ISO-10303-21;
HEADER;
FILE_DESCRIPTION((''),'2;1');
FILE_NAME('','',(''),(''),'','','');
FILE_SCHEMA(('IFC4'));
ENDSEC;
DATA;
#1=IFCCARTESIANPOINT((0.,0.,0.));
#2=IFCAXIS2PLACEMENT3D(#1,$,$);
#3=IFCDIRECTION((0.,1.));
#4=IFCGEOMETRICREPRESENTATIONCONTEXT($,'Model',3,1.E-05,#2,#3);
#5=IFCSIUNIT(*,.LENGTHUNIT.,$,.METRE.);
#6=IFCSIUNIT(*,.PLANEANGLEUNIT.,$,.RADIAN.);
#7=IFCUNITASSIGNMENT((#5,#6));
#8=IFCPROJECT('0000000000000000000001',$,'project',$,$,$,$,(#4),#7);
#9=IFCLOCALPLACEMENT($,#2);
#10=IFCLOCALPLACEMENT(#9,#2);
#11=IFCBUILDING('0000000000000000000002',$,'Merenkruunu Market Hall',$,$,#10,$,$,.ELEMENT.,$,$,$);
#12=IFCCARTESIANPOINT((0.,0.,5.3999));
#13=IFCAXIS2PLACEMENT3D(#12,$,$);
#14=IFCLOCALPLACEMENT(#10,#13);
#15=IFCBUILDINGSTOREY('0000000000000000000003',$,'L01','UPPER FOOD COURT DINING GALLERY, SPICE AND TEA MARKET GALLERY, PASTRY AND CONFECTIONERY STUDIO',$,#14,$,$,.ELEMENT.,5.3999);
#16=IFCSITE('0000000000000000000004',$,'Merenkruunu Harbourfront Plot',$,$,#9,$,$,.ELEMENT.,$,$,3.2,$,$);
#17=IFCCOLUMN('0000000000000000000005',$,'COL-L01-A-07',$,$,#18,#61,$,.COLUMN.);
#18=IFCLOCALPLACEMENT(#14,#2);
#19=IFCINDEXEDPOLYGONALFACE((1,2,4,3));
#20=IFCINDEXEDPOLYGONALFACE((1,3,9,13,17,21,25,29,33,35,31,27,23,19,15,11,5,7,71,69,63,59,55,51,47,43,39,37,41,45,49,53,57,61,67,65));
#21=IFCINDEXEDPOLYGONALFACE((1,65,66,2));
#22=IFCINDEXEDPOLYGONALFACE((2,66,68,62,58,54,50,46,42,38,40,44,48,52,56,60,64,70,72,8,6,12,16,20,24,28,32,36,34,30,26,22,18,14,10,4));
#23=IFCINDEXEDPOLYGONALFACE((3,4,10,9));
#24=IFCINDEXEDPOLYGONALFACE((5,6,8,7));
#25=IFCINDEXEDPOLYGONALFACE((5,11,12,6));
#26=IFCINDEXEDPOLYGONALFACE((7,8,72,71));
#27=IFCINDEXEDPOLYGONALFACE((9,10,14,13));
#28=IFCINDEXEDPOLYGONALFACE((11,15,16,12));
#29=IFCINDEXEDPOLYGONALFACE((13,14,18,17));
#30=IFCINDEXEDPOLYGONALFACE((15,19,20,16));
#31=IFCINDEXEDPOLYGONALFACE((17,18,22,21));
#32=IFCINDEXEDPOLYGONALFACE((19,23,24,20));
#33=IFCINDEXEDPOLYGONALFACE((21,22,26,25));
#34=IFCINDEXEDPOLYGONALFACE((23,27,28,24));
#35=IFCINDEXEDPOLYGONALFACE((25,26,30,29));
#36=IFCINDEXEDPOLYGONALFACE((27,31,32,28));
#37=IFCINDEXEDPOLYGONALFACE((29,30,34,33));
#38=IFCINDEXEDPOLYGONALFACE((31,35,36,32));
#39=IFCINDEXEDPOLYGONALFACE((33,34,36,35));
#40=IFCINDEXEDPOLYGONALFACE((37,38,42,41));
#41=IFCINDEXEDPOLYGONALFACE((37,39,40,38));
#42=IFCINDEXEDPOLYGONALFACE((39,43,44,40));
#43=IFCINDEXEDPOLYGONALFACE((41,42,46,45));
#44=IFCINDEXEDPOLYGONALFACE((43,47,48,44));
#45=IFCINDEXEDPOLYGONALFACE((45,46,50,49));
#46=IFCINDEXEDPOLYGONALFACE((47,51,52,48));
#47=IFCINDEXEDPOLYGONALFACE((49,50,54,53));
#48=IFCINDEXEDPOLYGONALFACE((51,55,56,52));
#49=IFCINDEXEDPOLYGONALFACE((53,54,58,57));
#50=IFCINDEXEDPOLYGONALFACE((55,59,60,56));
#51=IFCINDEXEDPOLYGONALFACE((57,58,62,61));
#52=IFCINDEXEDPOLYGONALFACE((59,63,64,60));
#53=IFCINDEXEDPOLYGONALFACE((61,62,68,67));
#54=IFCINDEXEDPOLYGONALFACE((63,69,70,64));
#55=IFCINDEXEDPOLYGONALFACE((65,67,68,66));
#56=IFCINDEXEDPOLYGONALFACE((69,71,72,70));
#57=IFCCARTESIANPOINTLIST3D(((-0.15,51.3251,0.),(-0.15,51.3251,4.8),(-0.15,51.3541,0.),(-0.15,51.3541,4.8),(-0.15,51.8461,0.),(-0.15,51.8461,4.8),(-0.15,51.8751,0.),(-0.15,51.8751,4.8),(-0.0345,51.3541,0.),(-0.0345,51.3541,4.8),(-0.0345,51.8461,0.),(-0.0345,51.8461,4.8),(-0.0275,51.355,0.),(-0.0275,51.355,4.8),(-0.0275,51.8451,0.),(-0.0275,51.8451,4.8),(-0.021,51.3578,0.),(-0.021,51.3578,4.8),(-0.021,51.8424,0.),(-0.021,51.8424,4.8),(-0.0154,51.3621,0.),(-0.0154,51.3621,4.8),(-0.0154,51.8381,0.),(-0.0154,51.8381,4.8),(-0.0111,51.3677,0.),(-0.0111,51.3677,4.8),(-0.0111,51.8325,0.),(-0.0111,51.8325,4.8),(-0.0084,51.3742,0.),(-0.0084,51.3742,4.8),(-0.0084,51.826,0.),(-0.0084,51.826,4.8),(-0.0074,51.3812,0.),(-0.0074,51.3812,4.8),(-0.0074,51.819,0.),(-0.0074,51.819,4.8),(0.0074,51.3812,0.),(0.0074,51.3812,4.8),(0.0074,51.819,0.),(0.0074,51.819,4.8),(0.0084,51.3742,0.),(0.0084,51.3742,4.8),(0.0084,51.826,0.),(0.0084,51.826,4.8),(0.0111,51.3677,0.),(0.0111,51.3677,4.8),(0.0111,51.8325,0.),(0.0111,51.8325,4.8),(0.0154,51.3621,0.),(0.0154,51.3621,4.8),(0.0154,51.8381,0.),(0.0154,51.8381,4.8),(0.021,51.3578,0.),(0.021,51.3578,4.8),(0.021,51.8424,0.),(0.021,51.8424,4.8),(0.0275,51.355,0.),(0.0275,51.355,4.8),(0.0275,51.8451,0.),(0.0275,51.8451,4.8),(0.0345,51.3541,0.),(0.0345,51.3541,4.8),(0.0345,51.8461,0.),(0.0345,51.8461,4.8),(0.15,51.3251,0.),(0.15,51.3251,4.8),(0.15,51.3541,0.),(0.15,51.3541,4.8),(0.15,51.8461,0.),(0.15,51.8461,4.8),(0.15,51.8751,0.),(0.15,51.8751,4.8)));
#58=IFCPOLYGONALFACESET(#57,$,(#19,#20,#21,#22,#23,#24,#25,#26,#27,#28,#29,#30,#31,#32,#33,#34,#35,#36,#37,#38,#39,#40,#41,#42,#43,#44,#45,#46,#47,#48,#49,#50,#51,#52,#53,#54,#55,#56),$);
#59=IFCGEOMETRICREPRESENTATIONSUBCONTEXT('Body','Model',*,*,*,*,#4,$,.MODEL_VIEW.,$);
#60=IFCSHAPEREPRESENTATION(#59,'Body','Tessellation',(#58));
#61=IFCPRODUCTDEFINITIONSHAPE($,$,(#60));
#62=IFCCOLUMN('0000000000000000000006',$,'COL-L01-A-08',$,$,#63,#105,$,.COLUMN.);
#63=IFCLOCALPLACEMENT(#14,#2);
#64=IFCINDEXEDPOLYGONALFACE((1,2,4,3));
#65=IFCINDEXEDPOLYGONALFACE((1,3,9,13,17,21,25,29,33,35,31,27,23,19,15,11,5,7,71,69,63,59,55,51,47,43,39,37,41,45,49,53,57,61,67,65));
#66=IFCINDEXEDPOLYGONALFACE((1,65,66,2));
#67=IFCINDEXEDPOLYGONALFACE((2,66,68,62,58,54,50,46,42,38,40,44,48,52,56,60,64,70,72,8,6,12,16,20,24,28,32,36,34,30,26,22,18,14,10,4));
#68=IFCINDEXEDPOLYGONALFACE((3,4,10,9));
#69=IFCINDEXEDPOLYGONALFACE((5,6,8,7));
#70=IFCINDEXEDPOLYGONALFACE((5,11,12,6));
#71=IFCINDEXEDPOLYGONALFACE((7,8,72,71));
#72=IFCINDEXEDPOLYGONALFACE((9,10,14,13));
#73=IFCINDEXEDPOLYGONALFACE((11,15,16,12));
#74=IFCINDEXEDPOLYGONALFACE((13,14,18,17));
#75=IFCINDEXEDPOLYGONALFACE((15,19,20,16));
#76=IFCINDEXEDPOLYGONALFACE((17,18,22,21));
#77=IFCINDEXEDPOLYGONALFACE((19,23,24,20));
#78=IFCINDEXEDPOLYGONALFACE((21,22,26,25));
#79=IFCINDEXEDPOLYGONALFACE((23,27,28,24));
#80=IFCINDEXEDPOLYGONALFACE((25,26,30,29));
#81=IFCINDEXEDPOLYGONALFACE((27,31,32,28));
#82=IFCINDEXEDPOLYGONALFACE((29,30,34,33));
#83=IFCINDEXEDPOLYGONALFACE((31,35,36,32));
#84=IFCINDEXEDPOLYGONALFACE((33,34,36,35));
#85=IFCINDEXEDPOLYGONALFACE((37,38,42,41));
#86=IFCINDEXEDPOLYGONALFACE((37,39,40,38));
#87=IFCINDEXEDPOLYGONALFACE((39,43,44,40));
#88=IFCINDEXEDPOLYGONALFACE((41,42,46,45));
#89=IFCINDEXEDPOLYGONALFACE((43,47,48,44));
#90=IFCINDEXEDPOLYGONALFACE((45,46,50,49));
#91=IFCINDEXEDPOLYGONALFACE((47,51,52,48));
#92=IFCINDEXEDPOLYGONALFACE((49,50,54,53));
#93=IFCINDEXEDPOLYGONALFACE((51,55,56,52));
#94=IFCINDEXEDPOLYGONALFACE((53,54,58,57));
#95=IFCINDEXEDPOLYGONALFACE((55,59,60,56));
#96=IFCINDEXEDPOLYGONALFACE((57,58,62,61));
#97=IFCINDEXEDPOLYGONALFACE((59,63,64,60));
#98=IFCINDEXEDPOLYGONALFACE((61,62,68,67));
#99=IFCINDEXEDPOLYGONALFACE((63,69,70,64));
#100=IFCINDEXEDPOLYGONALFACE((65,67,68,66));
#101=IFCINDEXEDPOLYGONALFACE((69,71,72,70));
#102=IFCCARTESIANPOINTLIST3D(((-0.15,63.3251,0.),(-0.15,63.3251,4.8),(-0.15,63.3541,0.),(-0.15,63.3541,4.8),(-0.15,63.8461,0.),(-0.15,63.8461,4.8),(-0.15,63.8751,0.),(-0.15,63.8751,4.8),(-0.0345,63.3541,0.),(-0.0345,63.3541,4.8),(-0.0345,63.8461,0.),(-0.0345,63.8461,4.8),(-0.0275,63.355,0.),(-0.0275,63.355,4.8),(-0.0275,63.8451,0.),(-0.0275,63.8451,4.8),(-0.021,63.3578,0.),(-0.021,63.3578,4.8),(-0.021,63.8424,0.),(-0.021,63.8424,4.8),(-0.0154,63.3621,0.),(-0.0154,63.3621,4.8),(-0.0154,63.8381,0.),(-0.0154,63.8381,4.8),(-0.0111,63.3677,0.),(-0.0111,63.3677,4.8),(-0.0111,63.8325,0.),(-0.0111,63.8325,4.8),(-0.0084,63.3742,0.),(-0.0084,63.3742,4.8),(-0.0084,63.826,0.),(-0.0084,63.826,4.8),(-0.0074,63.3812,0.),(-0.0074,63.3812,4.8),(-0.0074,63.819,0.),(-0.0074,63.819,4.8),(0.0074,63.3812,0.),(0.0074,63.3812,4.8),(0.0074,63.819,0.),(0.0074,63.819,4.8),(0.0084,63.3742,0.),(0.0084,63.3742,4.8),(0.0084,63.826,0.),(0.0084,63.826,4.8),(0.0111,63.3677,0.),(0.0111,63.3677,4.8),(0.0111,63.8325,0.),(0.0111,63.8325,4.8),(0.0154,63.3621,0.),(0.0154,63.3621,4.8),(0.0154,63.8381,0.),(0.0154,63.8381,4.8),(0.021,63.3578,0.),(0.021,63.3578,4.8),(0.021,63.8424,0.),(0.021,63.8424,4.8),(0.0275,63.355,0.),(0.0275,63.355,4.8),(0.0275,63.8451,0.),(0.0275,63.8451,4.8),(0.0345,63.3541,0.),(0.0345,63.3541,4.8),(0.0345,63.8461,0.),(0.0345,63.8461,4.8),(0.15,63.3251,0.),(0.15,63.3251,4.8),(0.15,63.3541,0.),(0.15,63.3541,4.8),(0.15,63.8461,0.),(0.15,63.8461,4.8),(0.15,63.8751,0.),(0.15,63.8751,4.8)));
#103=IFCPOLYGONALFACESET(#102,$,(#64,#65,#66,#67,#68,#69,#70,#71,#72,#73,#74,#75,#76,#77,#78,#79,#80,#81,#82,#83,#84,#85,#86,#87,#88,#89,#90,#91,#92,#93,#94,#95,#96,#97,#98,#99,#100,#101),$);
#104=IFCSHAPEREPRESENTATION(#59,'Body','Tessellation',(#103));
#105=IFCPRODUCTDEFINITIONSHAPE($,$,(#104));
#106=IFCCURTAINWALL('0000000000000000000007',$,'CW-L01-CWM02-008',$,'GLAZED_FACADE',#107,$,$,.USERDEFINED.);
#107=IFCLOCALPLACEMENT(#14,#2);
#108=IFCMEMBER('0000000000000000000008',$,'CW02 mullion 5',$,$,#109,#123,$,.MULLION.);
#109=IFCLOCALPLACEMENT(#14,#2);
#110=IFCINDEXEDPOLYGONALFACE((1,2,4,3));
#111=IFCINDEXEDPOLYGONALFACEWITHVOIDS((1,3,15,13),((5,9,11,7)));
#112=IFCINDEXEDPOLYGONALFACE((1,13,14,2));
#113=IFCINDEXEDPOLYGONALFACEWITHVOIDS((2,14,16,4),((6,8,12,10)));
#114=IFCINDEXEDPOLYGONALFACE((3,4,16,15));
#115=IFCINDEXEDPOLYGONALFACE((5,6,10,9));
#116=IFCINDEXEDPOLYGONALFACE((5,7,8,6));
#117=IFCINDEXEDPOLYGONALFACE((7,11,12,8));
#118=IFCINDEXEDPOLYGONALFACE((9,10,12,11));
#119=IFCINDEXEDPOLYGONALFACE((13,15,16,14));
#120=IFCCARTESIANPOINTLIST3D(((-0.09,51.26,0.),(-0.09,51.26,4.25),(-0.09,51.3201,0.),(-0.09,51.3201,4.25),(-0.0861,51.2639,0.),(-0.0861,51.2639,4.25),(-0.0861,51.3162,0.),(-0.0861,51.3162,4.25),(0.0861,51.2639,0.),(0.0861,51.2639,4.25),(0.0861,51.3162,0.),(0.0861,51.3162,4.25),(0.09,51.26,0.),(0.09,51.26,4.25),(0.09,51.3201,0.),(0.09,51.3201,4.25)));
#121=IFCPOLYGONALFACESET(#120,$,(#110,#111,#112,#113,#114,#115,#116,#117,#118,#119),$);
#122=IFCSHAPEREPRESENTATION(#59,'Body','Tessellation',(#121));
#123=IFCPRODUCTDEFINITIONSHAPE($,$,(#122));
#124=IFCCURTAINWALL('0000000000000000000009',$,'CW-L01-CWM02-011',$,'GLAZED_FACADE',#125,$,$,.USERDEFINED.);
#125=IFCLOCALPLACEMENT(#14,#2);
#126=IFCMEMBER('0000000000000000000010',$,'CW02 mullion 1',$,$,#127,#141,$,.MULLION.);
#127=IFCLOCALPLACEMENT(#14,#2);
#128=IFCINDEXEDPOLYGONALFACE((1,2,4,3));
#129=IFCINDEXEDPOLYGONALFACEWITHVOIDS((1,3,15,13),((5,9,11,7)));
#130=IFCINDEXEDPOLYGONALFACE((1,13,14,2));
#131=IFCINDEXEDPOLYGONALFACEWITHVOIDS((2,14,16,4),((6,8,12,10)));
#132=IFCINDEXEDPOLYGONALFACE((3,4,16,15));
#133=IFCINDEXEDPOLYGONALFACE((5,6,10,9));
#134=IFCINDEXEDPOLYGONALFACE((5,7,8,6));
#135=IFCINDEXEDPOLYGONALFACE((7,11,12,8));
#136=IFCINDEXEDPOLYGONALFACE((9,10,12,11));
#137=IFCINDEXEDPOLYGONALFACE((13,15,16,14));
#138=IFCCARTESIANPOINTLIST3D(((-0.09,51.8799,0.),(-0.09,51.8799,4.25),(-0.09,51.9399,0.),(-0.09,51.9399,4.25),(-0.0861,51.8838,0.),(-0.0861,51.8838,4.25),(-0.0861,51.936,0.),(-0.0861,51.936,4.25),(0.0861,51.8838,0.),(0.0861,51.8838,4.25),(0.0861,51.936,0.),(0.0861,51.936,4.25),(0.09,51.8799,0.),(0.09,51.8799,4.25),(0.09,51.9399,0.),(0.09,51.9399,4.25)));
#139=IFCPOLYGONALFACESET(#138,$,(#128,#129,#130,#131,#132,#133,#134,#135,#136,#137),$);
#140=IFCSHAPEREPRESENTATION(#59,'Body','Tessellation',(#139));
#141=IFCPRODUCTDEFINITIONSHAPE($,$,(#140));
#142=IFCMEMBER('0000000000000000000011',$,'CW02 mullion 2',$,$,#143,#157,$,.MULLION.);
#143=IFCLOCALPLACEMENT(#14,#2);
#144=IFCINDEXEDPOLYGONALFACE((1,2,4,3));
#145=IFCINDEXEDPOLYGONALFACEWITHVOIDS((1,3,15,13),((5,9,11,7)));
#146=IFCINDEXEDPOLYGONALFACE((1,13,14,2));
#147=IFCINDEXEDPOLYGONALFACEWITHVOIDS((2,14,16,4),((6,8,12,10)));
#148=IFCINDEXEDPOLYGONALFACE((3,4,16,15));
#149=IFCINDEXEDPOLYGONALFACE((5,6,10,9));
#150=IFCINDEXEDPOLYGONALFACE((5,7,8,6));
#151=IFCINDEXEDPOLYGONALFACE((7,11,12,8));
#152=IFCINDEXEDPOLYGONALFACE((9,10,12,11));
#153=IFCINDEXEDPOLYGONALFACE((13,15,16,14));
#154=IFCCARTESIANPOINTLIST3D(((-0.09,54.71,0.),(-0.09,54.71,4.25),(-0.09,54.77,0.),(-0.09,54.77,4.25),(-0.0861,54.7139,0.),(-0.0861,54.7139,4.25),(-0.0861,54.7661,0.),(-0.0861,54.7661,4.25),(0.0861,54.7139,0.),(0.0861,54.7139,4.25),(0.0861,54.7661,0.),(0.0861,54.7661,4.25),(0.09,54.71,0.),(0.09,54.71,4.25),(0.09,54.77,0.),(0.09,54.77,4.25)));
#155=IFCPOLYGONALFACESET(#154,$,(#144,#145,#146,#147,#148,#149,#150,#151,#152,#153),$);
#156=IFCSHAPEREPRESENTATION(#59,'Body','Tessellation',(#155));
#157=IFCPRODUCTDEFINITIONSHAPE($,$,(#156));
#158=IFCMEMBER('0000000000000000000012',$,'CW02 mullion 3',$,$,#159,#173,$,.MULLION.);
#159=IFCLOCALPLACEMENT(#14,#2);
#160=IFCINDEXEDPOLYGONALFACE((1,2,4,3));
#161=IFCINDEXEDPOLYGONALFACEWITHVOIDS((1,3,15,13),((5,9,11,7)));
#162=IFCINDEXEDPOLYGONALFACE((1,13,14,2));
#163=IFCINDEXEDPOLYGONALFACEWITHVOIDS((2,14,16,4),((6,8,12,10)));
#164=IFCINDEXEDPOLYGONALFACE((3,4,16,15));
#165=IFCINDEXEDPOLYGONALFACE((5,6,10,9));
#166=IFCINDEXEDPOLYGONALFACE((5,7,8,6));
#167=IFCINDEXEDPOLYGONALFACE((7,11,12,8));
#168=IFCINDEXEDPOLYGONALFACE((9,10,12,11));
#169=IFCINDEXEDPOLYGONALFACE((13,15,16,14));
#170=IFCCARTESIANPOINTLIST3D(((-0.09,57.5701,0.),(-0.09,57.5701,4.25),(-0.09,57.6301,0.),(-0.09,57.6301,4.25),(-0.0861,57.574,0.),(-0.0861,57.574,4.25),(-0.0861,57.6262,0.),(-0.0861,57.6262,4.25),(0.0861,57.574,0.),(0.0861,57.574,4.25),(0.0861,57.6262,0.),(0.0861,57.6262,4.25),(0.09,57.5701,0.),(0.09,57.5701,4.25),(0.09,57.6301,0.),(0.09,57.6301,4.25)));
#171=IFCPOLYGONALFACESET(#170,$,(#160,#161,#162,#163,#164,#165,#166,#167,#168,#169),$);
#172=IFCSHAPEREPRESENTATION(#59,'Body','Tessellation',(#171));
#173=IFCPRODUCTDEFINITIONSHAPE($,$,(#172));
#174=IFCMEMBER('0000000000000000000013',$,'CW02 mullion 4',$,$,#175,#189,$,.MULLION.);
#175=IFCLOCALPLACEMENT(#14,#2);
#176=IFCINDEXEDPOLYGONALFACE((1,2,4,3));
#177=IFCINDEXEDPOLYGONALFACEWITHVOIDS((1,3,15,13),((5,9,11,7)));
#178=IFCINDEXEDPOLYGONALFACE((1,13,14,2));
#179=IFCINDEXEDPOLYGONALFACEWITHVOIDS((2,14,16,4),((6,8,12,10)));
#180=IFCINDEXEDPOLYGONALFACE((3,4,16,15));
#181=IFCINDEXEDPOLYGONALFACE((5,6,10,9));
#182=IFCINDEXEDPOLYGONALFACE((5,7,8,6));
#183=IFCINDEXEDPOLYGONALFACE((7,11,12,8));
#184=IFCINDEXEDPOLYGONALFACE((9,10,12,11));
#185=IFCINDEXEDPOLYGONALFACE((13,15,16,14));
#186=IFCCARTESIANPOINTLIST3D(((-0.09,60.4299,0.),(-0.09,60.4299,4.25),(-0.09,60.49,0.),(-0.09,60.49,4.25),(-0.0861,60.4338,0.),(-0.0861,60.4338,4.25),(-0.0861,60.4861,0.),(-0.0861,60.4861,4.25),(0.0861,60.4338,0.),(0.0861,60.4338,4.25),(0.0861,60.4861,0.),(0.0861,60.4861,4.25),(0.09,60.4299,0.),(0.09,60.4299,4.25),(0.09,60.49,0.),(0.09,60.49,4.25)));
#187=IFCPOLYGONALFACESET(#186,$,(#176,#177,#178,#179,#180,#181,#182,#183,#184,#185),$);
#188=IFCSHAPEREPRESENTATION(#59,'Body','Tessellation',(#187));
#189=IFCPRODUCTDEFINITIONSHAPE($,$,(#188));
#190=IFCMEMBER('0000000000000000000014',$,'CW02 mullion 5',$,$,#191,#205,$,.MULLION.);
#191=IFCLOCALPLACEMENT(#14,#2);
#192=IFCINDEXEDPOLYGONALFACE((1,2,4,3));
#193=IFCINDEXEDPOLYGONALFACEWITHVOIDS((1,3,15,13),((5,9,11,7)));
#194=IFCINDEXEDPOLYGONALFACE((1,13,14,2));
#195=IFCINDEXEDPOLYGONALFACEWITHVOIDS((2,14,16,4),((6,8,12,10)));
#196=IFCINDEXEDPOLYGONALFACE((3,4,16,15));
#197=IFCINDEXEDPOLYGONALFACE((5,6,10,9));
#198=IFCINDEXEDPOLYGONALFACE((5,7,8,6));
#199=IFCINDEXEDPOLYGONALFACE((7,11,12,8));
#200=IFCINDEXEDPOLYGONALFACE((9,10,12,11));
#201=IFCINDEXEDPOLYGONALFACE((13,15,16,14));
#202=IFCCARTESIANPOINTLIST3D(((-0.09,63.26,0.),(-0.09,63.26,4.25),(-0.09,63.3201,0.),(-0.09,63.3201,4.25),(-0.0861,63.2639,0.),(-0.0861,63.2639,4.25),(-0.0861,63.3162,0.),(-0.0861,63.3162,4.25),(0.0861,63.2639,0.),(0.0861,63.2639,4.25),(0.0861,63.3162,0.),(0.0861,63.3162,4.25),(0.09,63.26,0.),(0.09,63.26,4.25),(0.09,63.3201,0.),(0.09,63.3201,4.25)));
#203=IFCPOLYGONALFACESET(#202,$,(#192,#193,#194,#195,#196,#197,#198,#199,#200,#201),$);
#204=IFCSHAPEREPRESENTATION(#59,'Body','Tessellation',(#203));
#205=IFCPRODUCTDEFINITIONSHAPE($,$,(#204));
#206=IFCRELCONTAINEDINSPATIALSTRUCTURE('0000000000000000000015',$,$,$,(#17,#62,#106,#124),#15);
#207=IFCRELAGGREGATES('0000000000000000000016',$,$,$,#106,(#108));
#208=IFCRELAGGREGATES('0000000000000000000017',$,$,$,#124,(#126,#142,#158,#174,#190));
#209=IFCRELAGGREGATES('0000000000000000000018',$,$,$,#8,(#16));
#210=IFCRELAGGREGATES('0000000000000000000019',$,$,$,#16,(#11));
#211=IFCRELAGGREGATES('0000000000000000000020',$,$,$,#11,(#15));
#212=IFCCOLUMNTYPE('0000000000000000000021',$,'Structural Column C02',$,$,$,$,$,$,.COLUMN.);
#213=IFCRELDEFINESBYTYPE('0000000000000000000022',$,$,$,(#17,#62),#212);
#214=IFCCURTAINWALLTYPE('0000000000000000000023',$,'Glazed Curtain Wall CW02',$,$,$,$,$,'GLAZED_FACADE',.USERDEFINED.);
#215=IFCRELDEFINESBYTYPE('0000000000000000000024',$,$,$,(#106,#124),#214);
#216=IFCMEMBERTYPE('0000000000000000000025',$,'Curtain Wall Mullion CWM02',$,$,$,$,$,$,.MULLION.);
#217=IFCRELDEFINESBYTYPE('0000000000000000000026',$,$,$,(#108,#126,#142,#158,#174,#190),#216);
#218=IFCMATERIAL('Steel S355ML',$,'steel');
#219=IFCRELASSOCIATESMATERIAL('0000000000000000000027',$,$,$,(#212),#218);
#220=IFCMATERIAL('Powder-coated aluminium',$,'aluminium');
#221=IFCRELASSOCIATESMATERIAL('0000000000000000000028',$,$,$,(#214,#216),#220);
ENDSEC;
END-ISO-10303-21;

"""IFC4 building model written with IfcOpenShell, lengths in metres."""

from ifc_helpers import new_model, si_unit, direction, frame, origin, origin_2d, place, context, subcontext, project, spatial, hollow_rectangle, i_section, extrude, material, material_profile, profile_set, type_object, element, aggregate, save


model = new_model("IFC4")

# Units and contexts
model_context = context("Model", 3, precision=1e-05, world=origin(), true_north=direction((0.0, 1.0)))
body_context = subcontext(model_context, "Body", "Model", "MODEL_VIEW")
ifc_project = project(units=[si_unit("LENGTHUNIT", "METRE"), si_unit("PLANEANGLEUNIT", "RADIAN")], contexts=[model_context])

# Site, building, storey
site_placement = place(None, origin())
site = spatial("IfcSite", under=ifc_project, at=site_placement, Name="Merenkruunu Harbourfront Plot", CompositionType="ELEMENT", RefElevation=3.2)
building_placement = place(site_placement, origin())
building = spatial("IfcBuilding", under=site, at=building_placement, Name="Merenkruunu Market Hall", CompositionType="ELEMENT")
storey_placement = place(building_placement, frame((0.0, 0.0, 5.3999)))
storey = spatial("IfcBuildingStorey", under=building, at=storey_placement, Name="L01", Description="UPPER FOOD COURT DINING GALLERY, SPICE AND TEA MARKET GALLERY, PASTRY AND CONFECTIONERY STUDIO", CompositionType="ELEMENT", Elevation=5.3999)

# Columns
ifc_material_1 = material(Name="Steel S355ML", Category="steel")
ifc_material_profile_1 = material_profile(ifc_material_1, i_section(OverallWidth=0.3, OverallDepth=0.55, WebThickness=0.0149, FlangeThickness=0.0291, FilletRadius=0.0271, at=origin_2d()), Name="HEB 550")
ifc_profile_set_1 = profile_set([ifc_material_profile_1], Name="Steel S355ML")
column_type = type_object("IfcColumnType", Name="Structural Column C02", PredefinedType="COLUMN", material=ifc_profile_set_1)
for number, where, z_axis, x_axis, name in (
    (1, (0.0, 51.6001, 0.0), (0.0, 0.0, 1.0), (1.0, 0.0, 0.0), "COL-L01-A-07"),
    (2, (0.0, 63.6001, 0.0), (0.0, 0.0, 1.0), (1.0, 0.0, 0.0), "COL-L01-A-08"),
):
    element("IfcColumn", number, at=place(storey_placement, frame(where, z_axis=z_axis, x_axis=x_axis)), inside=storey, type_object=column_type, Name=name, PredefinedType="COLUMN", context=body_context, shape_type="SweptSolid", body=[
        extrude(i_section(OverallWidth=0.3, OverallDepth=0.55, WebThickness=0.0149, FlangeThickness=0.0291, FilletRadius=0.0271, at=origin_2d()), origin(), (0.0, 0.0, 1.0), 4.8),
    ])

# Curtain wall, member
ifc_material_2 = material(Name="Powder-coated aluminium", Category="aluminium")
curtain_wall_type = type_object("IfcCurtainWallType", Name="Glazed Curtain Wall CW02", ElementType="GLAZED_FACADE", PredefinedType="USERDEFINED", material=ifc_material_2)
curtain_wall_1_placement = place(storey_placement, origin())
curtain_wall_1 = element("IfcCurtainWall", 3, at=curtain_wall_1_placement, inside=storey, type_object=curtain_wall_type, Name="CW-L01-CWM02-008", ObjectType="GLAZED_FACADE", PredefinedType="USERDEFINED")
ifc_material_profile_2 = material_profile(ifc_material_2, hollow_rectangle(XDim=0.0601, YDim=0.1799, WallThickness=0.0039, at=origin_2d()), Name="ALU 60x180x4")
ifc_profile_set_2 = profile_set([ifc_material_profile_2], Name="Powder-coated aluminium")
member_type_1 = type_object("IfcMemberType", Name="Curtain Wall Mullion CWM02", PredefinedType="MULLION", material=ifc_profile_set_2)
member_1_placement = place(storey_placement, frame((0.0, 51.29, 0.0), z_axis=(0.0, 0.0, 1.0), x_axis=(0.0, 1.0, 0.0)))
member_1 = element("IfcMember", 4, at=member_1_placement, type_object=member_type_1, Name="CW02 mullion 5", PredefinedType="MULLION", context=body_context, shape_type="SweptSolid", body=[
    extrude(hollow_rectangle(XDim=0.0601, YDim=0.1799, WallThickness=0.0039, at=origin_2d()), origin(), (0.0, 0.0, 1.0), 4.25),
])

# Curtain wall, members
curtain_wall_2_placement = place(storey_placement, origin())
curtain_wall_2 = element("IfcCurtainWall", 5, at=curtain_wall_2_placement, inside=storey, type_object=curtain_wall_type, Name="CW-L01-CWM02-011", ObjectType="GLAZED_FACADE", PredefinedType="USERDEFINED")
member_2_placement = place(storey_placement, frame((0.0, 51.9099, 0.0), z_axis=(0.0, 0.0, 1.0), x_axis=(0.0, 1.0, 0.0)))
member_2 = element("IfcMember", 6, at=member_2_placement, type_object=member_type_1, Name="CW02 mullion 1", PredefinedType="MULLION", context=body_context, shape_type="SweptSolid", body=[
    extrude(hollow_rectangle(XDim=0.0601, YDim=0.1799, WallThickness=0.0039, at=origin_2d()), origin(), (0.0, 0.0, 1.0), 4.25),
])
member_3_placement = place(storey_placement, frame((0.0, 54.74, 0.0), z_axis=(0.0, 0.0, 1.0), x_axis=(0.0, 1.0, 0.0)))
member_3 = element("IfcMember", 7, at=member_3_placement, type_object=member_type_1, Name="CW02 mullion 2", PredefinedType="MULLION", context=body_context, shape_type="SweptSolid", body=[
    extrude(hollow_rectangle(XDim=0.0601, YDim=0.1799, WallThickness=0.0039, at=origin_2d()), origin(), (0.0, 0.0, 1.0), 4.25),
])
member_4_placement = place(storey_placement, frame((0.0, 57.6001, 0.0), z_axis=(0.0, 0.0, 1.0), x_axis=(0.0, 1.0, 0.0)))
member_4 = element("IfcMember", 8, at=member_4_placement, type_object=member_type_1, Name="CW02 mullion 3", PredefinedType="MULLION", context=body_context, shape_type="SweptSolid", body=[
    extrude(hollow_rectangle(XDim=0.0601, YDim=0.1799, WallThickness=0.0039, at=origin_2d()), origin(), (0.0, 0.0, 1.0), 4.25),
])
member_5_placement = place(storey_placement, frame((0.0, 60.46, 0.0), z_axis=(0.0, 0.0, 1.0), x_axis=(0.0, 1.0, 0.0)))
member_5 = element("IfcMember", 9, at=member_5_placement, type_object=member_type_1, Name="CW02 mullion 4", PredefinedType="MULLION", context=body_context, shape_type="SweptSolid", body=[
    extrude(hollow_rectangle(XDim=0.0601, YDim=0.1799, WallThickness=0.0039, at=origin_2d()), origin(), (0.0, 0.0, 1.0), 4.25),
])
member_6_placement = place(storey_placement, frame((0.0, 63.29, 0.0), z_axis=(0.0, 0.0, 1.0), x_axis=(0.0, 1.0, 0.0)))
member_6 = element("IfcMember", 10, at=member_6_placement, type_object=member_type_1, Name="CW02 mullion 5", PredefinedType="MULLION", context=body_context, shape_type="SweptSolid", body=[
    extrude(hollow_rectangle(XDim=0.0601, YDim=0.1799, WallThickness=0.0039, at=origin_2d()), origin(), (0.0, 0.0, 1.0), 4.25),
])

aggregate(curtain_wall_1, [member_1])
aggregate(curtain_wall_2, [member_2, member_3, member_4, member_5, member_6])

save(model, "model.ifc")
